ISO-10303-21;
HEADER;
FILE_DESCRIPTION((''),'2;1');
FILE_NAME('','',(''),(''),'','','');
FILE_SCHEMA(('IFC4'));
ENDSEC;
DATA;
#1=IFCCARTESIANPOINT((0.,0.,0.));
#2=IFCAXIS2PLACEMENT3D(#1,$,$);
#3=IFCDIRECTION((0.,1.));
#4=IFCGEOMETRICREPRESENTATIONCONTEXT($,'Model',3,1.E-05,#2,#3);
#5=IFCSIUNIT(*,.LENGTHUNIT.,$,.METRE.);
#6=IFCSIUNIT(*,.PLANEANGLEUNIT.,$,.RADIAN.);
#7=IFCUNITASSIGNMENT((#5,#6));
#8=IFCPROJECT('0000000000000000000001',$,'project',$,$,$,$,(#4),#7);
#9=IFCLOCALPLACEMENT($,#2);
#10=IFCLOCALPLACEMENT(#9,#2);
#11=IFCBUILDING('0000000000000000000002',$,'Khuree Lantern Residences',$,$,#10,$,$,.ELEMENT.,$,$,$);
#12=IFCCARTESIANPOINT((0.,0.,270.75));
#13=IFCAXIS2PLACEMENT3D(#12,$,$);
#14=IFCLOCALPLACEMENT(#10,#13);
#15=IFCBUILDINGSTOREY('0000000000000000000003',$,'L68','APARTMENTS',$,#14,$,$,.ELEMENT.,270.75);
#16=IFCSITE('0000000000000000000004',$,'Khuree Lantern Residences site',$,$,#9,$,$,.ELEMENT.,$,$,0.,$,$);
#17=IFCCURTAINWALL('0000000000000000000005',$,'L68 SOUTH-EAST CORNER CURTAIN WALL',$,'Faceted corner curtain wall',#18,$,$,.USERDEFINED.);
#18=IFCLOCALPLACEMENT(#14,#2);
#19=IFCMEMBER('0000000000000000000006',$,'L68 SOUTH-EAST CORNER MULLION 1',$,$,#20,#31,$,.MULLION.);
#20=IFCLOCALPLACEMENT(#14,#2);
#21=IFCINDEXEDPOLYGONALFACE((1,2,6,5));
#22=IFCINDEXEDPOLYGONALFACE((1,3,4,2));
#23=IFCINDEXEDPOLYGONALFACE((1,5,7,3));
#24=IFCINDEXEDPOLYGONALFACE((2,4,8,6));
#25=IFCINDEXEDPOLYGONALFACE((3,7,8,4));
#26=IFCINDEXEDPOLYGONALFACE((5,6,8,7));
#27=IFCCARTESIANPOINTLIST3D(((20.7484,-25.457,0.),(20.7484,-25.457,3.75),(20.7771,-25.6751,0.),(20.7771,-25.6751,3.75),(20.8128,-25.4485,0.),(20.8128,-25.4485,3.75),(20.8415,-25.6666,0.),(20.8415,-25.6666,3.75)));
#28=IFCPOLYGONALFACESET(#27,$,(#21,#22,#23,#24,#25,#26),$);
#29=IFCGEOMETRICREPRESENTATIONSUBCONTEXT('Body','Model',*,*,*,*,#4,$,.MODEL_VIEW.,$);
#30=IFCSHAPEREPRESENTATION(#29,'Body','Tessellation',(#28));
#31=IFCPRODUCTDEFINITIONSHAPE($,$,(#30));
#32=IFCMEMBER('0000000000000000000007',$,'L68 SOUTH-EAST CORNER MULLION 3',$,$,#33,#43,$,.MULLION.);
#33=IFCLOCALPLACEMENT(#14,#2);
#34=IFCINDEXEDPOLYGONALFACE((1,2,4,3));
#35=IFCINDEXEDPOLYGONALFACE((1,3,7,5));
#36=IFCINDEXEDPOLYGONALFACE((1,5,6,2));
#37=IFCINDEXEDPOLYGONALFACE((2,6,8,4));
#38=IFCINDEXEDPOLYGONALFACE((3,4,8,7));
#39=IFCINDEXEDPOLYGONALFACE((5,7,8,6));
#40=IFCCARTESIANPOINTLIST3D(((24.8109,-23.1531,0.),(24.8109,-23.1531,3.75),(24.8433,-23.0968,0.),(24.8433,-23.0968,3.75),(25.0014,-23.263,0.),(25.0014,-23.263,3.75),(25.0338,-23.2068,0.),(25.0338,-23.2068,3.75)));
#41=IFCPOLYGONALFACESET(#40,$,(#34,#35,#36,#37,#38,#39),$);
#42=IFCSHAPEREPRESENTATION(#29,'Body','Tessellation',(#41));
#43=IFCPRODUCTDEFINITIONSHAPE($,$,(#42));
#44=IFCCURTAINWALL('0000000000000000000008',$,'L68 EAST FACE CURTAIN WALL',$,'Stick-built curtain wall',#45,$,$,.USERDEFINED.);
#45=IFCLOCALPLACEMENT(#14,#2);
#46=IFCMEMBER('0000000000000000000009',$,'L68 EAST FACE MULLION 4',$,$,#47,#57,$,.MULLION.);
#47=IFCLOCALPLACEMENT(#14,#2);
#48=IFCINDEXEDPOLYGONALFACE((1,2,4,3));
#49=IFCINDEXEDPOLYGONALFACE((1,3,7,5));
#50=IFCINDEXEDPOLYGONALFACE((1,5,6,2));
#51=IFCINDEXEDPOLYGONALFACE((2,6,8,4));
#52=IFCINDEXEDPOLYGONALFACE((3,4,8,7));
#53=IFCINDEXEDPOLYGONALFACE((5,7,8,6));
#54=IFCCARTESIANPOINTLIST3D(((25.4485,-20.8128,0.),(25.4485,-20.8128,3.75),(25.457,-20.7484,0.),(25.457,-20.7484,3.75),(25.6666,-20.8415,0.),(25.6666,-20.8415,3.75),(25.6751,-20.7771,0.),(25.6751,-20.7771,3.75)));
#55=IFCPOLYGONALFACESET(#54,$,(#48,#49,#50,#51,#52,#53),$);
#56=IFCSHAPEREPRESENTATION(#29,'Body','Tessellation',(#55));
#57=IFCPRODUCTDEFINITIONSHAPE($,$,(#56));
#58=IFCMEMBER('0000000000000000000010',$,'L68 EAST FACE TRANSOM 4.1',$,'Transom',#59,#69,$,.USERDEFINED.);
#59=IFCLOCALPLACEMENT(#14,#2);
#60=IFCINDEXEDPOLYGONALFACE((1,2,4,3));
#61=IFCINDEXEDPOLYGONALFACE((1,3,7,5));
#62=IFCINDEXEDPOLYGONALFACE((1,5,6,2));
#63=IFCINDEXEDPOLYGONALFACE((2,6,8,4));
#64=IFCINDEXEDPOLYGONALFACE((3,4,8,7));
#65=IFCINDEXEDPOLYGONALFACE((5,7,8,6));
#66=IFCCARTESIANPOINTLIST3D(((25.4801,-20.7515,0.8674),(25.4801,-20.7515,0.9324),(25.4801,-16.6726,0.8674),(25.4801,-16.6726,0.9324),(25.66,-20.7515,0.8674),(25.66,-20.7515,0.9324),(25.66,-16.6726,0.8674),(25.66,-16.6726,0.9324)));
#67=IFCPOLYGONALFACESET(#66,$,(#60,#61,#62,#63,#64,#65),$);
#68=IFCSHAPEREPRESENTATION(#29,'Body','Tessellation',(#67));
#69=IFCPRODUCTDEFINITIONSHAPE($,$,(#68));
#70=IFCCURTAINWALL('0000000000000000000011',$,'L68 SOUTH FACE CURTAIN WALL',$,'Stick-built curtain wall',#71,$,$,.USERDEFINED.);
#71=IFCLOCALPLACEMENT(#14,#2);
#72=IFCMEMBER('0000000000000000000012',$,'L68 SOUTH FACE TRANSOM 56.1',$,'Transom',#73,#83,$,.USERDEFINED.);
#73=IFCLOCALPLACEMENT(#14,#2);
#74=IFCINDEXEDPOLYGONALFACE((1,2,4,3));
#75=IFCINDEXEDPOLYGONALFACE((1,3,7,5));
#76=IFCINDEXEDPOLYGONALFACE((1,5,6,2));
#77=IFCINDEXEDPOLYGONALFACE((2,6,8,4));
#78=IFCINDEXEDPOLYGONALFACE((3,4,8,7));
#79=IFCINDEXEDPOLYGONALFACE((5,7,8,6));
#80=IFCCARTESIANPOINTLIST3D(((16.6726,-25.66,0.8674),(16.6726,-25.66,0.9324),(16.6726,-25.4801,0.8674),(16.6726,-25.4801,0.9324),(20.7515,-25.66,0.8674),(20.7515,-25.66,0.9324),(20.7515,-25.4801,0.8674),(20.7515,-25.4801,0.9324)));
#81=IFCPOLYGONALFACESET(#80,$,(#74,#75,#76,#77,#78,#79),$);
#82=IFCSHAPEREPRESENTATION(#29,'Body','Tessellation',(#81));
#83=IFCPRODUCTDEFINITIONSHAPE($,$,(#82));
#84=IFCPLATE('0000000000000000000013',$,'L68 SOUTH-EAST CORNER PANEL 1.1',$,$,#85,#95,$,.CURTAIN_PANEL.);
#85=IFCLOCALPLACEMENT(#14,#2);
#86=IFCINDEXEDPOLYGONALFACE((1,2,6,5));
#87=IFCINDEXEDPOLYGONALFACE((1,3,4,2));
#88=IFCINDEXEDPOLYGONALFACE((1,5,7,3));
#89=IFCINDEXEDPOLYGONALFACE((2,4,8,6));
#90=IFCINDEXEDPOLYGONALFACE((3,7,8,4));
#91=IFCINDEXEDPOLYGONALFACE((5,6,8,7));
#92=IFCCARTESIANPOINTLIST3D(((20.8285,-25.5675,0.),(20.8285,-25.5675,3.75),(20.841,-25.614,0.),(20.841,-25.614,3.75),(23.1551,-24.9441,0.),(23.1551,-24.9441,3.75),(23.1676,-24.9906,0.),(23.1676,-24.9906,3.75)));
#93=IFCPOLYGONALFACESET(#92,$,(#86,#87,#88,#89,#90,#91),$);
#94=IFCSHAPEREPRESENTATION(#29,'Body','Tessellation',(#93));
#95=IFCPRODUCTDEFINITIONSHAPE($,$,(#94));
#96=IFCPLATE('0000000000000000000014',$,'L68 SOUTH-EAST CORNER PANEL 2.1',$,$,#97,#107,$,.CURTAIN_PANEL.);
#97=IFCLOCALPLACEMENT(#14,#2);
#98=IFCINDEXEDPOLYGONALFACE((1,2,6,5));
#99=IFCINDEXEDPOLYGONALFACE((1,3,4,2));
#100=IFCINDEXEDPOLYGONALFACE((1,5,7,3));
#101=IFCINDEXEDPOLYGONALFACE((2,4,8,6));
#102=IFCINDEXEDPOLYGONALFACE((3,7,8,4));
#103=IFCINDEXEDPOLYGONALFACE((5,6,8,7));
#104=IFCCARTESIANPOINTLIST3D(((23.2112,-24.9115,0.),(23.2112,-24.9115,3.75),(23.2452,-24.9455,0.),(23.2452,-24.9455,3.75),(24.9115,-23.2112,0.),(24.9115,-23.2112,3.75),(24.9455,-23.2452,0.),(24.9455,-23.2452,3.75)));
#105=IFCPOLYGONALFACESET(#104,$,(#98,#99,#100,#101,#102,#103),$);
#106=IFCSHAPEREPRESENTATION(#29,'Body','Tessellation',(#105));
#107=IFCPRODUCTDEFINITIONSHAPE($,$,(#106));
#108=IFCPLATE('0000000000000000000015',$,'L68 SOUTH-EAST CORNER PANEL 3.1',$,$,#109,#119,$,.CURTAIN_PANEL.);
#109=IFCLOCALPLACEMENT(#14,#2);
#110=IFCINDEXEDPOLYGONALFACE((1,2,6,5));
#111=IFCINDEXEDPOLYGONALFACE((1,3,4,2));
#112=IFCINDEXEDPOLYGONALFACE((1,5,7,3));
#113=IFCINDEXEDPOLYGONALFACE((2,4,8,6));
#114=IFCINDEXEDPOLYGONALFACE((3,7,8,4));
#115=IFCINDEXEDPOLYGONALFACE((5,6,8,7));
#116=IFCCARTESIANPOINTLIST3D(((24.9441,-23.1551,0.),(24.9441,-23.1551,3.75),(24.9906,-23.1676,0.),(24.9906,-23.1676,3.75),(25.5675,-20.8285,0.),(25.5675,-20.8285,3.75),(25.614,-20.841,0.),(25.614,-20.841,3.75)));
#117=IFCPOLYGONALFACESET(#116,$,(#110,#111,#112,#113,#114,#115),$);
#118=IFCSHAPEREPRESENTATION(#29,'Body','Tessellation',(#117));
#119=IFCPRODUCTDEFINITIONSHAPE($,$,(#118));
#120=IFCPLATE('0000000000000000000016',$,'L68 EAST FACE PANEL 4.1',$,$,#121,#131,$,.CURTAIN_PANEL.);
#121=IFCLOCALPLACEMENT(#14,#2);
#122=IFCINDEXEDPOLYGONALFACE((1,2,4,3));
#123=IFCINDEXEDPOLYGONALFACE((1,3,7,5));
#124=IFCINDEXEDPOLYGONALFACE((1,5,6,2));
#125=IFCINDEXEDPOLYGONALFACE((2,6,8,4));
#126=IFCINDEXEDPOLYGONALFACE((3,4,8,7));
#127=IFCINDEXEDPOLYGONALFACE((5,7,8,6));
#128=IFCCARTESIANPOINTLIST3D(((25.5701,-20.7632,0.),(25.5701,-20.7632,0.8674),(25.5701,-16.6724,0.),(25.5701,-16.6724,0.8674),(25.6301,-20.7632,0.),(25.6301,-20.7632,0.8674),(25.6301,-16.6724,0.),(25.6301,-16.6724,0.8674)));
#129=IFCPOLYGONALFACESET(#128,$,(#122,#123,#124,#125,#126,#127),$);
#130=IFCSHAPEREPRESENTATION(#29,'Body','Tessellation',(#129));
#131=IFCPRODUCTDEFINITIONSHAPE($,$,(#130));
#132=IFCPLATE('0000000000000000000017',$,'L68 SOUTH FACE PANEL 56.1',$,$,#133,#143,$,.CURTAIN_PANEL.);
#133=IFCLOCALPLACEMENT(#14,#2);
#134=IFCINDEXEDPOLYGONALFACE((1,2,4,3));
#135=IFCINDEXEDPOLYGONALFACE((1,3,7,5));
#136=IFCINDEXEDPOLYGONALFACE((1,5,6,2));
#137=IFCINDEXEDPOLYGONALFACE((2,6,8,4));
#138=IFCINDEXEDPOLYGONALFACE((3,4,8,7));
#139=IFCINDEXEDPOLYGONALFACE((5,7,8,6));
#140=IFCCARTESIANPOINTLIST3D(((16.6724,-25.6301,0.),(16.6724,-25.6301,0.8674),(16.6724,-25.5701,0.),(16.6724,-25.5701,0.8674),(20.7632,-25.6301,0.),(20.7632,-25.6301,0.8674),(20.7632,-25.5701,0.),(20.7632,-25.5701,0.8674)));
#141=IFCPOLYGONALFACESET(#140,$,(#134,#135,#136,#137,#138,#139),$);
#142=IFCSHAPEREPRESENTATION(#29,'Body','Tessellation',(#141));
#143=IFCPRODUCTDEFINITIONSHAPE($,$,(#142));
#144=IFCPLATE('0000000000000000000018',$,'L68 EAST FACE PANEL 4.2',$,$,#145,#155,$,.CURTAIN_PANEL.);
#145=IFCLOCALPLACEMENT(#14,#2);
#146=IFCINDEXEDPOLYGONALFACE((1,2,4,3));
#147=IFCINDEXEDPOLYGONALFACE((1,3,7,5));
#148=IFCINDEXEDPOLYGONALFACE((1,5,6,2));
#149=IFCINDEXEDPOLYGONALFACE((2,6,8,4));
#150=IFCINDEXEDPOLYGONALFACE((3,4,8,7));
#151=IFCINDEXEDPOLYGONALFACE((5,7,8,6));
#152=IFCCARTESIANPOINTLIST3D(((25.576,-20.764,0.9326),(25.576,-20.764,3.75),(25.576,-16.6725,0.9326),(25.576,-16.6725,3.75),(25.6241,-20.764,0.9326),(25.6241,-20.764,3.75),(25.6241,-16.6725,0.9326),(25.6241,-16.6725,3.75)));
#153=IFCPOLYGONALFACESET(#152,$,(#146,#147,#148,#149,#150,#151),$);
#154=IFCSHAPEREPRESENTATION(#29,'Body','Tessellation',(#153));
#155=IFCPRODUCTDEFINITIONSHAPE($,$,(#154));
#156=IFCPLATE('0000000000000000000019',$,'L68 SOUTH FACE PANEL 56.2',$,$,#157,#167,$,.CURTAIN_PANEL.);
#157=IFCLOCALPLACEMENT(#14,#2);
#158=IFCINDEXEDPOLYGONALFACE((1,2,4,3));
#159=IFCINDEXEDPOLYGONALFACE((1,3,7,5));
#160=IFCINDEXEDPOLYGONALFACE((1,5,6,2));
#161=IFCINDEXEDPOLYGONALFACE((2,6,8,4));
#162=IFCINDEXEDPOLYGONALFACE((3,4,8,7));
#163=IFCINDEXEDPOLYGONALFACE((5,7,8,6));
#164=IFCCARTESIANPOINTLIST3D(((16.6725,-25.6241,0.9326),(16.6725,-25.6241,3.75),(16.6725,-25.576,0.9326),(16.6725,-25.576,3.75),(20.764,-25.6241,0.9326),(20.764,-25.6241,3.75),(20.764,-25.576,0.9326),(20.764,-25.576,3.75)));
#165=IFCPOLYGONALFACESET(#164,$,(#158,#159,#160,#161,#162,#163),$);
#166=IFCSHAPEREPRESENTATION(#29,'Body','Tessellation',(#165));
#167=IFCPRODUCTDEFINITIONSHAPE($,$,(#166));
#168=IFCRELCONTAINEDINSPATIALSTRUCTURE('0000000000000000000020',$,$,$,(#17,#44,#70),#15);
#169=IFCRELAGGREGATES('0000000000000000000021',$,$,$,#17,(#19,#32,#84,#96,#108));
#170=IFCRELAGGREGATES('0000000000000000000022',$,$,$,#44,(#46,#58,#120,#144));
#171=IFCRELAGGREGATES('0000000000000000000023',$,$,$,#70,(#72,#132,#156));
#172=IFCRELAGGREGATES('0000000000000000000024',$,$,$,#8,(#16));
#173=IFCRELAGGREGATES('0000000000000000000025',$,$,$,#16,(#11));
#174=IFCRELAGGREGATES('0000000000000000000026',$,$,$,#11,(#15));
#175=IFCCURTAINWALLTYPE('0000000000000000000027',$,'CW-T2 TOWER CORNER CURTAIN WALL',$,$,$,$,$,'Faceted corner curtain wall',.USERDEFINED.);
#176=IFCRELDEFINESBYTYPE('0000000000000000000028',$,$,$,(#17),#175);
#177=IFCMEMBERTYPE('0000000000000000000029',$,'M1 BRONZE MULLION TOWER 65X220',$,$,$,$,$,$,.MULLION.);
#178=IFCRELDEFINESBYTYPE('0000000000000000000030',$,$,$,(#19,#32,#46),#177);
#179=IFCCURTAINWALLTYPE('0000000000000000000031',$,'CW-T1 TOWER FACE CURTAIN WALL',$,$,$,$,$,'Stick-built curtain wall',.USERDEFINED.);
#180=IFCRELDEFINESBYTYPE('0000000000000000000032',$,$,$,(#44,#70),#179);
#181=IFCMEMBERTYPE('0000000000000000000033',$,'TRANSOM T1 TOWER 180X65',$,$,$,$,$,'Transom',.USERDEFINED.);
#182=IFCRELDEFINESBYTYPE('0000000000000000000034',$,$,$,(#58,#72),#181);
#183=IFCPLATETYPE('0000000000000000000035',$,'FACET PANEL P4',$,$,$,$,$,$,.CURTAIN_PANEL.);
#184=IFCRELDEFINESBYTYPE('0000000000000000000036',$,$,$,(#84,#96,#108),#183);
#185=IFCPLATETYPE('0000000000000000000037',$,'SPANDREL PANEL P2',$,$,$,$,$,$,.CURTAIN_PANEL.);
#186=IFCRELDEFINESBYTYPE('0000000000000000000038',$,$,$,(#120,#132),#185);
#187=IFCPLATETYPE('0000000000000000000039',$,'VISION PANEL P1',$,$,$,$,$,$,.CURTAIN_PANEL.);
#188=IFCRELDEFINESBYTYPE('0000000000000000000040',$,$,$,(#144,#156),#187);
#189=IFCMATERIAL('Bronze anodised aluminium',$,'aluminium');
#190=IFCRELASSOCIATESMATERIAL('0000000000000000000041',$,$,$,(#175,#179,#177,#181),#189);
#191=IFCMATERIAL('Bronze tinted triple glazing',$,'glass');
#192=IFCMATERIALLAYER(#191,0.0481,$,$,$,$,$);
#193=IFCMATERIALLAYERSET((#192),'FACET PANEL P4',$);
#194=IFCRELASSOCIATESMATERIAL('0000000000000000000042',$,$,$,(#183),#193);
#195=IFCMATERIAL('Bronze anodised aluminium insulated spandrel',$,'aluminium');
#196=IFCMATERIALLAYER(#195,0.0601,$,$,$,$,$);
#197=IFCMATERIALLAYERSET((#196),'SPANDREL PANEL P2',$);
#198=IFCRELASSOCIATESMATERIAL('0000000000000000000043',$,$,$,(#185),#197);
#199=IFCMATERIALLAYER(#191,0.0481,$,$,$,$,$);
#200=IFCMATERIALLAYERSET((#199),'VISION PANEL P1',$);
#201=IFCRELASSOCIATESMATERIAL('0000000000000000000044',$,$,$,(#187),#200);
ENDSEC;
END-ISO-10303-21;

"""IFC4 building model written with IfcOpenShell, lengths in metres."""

from ifc_helpers import new_model, si_unit, direction, frame, origin, origin_2d, place, context, subcontext, project, spatial, rectangle, extrude, material, layer, layer_set, material_profile, profile_set, type_object, element, aggregate, save


model = new_model("IFC4")

# Units and contexts
model_context = context("Model", 3, precision=1e-05, world=origin(), true_north=direction((0.0, 1.0)))
body_context = subcontext(model_context, "Body", "Model", "MODEL_VIEW")
ifc_project = project(units=[si_unit("LENGTHUNIT", "METRE"), si_unit("PLANEANGLEUNIT", "RADIAN")], contexts=[model_context])

# Site, building, storey
site_placement = place(None, origin())
site = spatial("IfcSite", under=ifc_project, at=site_placement, Name="Khuree Lantern Residences site", CompositionType="ELEMENT", RefElevation=0.0)
building_placement = place(site_placement, origin())
building = spatial("IfcBuilding", under=site, at=building_placement, Name="Khuree Lantern Residences", CompositionType="ELEMENT")
storey_placement = place(building_placement, frame((0.0, 0.0, 270.75)))
storey = spatial("IfcBuildingStorey", under=building, at=storey_placement, Name="L68", Description="APARTMENTS", CompositionType="ELEMENT", Elevation=270.75)

# Curtain wall
ifc_material_1 = material(Name="Bronze anodised aluminium", Category="aluminium")
curtain_wall_type_1 = type_object("IfcCurtainWallType", Name="CW-T2 TOWER CORNER CURTAIN WALL", ElementType="Faceted corner curtain wall", PredefinedType="USERDEFINED", material=ifc_material_1)
curtain_wall_1_placement = place(storey_placement, origin())
curtain_wall_1 = element("IfcCurtainWall", 1, at=curtain_wall_1_placement, inside=storey, type_object=curtain_wall_type_1, Name="L68 SOUTH-EAST CORNER CURTAIN WALL", ObjectType="Faceted corner curtain wall", PredefinedType="USERDEFINED")

# Members
ifc_material_profile_1 = material_profile(ifc_material_1, rectangle(XDim=0.0649, YDim=0.22, at=origin_2d()), Name="M1 65X220")
ifc_profile_set_1 = profile_set([ifc_material_profile_1], Name="Bronze anodised aluminium")
member_type_1 = type_object("IfcMemberType", Name="M1 BRONZE MULLION TOWER 65X220", PredefinedType="MULLION", material=ifc_profile_set_1)
member_1_placement = place(storey_placement, frame((20.7949, -25.5618, 0.0), z_axis=(0.0, 0.0, 1.0), x_axis=(0.991445, 0.130526, 0.0)))
member_1 = element("IfcMember", 2, at=member_1_placement, type_object=member_type_1, Name="L68 SOUTH-EAST CORNER MULLION 1", PredefinedType="MULLION", context=body_context, shape_type="SweptSolid", body=[
    extrude(rectangle(XDim=0.0649, YDim=0.22, at=origin_2d()), origin(), (0.0, 0.0, 1.0), 3.75),
])
member_2_placement = place(storey_placement, frame((24.9224, -23.1799, 0.0), z_axis=(0.0, 0.0, 1.0), x_axis=(0.5, 0.866025, 0.0)))
member_2 = element("IfcMember", 3, at=member_2_placement, type_object=member_type_1, Name="L68 SOUTH-EAST CORNER MULLION 3", PredefinedType="MULLION", context=body_context, shape_type="SweptSolid", body=[
    extrude(rectangle(XDim=0.0649, YDim=0.22, at=origin_2d()), origin(), (0.0, 0.0, 1.0), 3.75),
])

# Curtain wall, members
curtain_wall_type_2 = type_object("IfcCurtainWallType", Name="CW-T1 TOWER FACE CURTAIN WALL", ElementType="Stick-built curtain wall", PredefinedType="USERDEFINED", material=ifc_material_1)
curtain_wall_2_placement = place(storey_placement, origin())
curtain_wall_2 = element("IfcCurtainWall", 4, at=curtain_wall_2_placement, inside=storey, type_object=curtain_wall_type_2, Name="L68 EAST FACE CURTAIN WALL", ObjectType="Stick-built curtain wall", PredefinedType="USERDEFINED")
member_3_placement = place(storey_placement, frame((25.5618, -20.7949, 0.0), z_axis=(0.0, 0.0, 1.0), x_axis=(0.130526, 0.991445, 0.0)))
member_3 = element("IfcMember", 5, at=member_3_placement, type_object=member_type_1, Name="L68 EAST FACE MULLION 4", PredefinedType="MULLION", context=body_context, shape_type="SweptSolid", body=[
    extrude(rectangle(XDim=0.0649, YDim=0.22, at=origin_2d()), origin(), (0.0, 0.0, 1.0), 3.75),
])
ifc_material_profile_2 = material_profile(ifc_material_1, rectangle(XDim=0.1799, YDim=0.0649, at=origin_2d()), Name="T1 180X65")
ifc_profile_set_2 = profile_set([ifc_material_profile_2], Name="Bronze anodised aluminium")
member_type_2 = type_object("IfcMemberType", Name="TRANSOM T1 TOWER 180X65", ElementType="Transom", PredefinedType="USERDEFINED", material=ifc_profile_set_2)
member_4_placement = place(storey_placement, frame((25.5701, -20.7515, 0.8999), z_axis=(0.0, 1.0, 0.0), x_axis=(-1.0, 0.0, 0.0)))
member_4 = element("IfcMember", 6, at=member_4_placement, type_object=member_type_2, Name="L68 EAST FACE TRANSOM 4.1", ObjectType="Transom", PredefinedType="USERDEFINED", context=body_context, shape_type="SweptSolid", body=[
    extrude(rectangle(XDim=0.1799, YDim=0.0649, at=origin_2d()), origin(), (0.0, 0.0, 1.0), 4.0789),
])

# Curtain wall, member
curtain_wall_3_placement = place(storey_placement, origin())
curtain_wall_3 = element("IfcCurtainWall", 7, at=curtain_wall_3_placement, inside=storey, type_object=curtain_wall_type_2, Name="L68 SOUTH FACE CURTAIN WALL", ObjectType="Stick-built curtain wall", PredefinedType="USERDEFINED")
member_5_placement = place(storey_placement, frame((16.6726, -25.5701, 0.8999), z_axis=(1.0, 0.0, 0.0), x_axis=(0.0, 1.0, 0.0)))
member_5 = element("IfcMember", 8, at=member_5_placement, type_object=member_type_2, Name="L68 SOUTH FACE TRANSOM 56.1", ObjectType="Transom", PredefinedType="USERDEFINED", context=body_context, shape_type="SweptSolid", body=[
    extrude(rectangle(XDim=0.1799, YDim=0.0649, at=origin_2d()), origin(), (0.0, 0.0, 1.0), 4.0789),
])

# Plates
ifc_material_2 = material(Name="Bronze tinted triple glazing", Category="glass")
ifc_layer_1 = layer(ifc_material_2, 0.0481)
ifc_layer_set_1 = layer_set([ifc_layer_1], Name="FACET PANEL P4")
plate_type_1 = type_object("IfcPlateType", Name="FACET PANEL P4", PredefinedType="CURTAIN_PANEL", material=ifc_layer_set_1)
plate_1_placement = place(storey_placement, frame((21.998, -25.2791, 0.0), z_axis=(0.0, 0.0, 1.0), x_axis=(0.965926, 0.258819, 0.0)))
plate_1 = element("IfcPlate", 9, at=plate_1_placement, type_object=plate_type_1, Name="L68 SOUTH-EAST CORNER PANEL 1.1", PredefinedType="CURTAIN_PANEL", context=body_context, shape_type="SweptSolid", body=[
    extrude(rectangle(XDim=2.4087, YDim=0.0481, at=origin_2d()), origin(), (0.0, 0.0, 1.0), 3.75),
])
plate_2_placement = place(storey_placement, frame((24.0784, -24.0784, 0.0), z_axis=(0.0, 0.0, 1.0), x_axis=(0.707107, 0.707107, 0.0)))
plate_2 = element("IfcPlate", 10, at=plate_2_placement, type_object=plate_type_1, Name="L68 SOUTH-EAST CORNER PANEL 2.1", PredefinedType="CURTAIN_PANEL", context=body_context, shape_type="SweptSolid", body=[
    extrude(rectangle(XDim=2.4045, YDim=0.0481, at=origin_2d()), origin(), (0.0, 0.0, 1.0), 3.75),
])
plate_3_placement = place(storey_placement, frame((25.2791, -21.998, 0.0), z_axis=(0.0, 0.0, 1.0), x_axis=(0.258819, 0.965926, 0.0)))
plate_3 = element("IfcPlate", 11, at=plate_3_placement, type_object=plate_type_1, Name="L68 SOUTH-EAST CORNER PANEL 3.1", PredefinedType="CURTAIN_PANEL", context=body_context, shape_type="SweptSolid", body=[
    extrude(rectangle(XDim=2.4087, YDim=0.0481, at=origin_2d()), origin(), (0.0, 0.0, 1.0), 3.75),
])
aggregate(curtain_wall_1, [member_1, member_2, plate_1, plate_2, plate_3])
ifc_material_3 = material(Name="Bronze anodised aluminium insulated spandrel", Category="aluminium")
ifc_layer_2 = layer(ifc_material_3, 0.0601)
ifc_layer_set_2 = layer_set([ifc_layer_2], Name="SPANDREL PANEL P2")
plate_type_2 = type_object("IfcPlateType", Name="SPANDREL PANEL P2", PredefinedType="CURTAIN_PANEL", material=ifc_layer_set_2)
plate_4_placement = place(storey_placement, frame((25.6001, -18.7178, 0.0), z_axis=(0.0, 0.0, 1.0), x_axis=(0.0, 1.0, 0.0)))
plate_4 = element("IfcPlate", 12, at=plate_4_placement, type_object=plate_type_2, Name="L68 EAST FACE PANEL 4.1", PredefinedType="CURTAIN_PANEL", context=body_context, shape_type="SweptSolid", body=[
    extrude(rectangle(XDim=4.0908, YDim=0.0601, at=origin_2d()), origin(), (0.0, 0.0, 1.0), 0.8674),
])
plate_5_placement = place(storey_placement, frame((18.7178, -25.6001, 0.0), z_axis=(0.0, 0.0, 1.0), x_axis=(1.0, 0.0, 0.0)))
plate_5 = element("IfcPlate", 13, at=plate_5_placement, type_object=plate_type_2, Name="L68 SOUTH FACE PANEL 56.1", PredefinedType="CURTAIN_PANEL", context=body_context, shape_type="SweptSolid", body=[
    extrude(rectangle(XDim=4.0908, YDim=0.0601, at=origin_2d()), origin(), (0.0, 0.0, 1.0), 0.8674),
])
ifc_layer_3 = layer(ifc_material_2, 0.0481)
ifc_layer_set_3 = layer_set([ifc_layer_3], Name="VISION PANEL P1")
plate_type_3 = type_object("IfcPlateType", Name="VISION PANEL P1", PredefinedType="CURTAIN_PANEL", material=ifc_layer_set_3)
plate_6_placement = place(storey_placement, frame((25.6001, -18.7183, 0.9326), z_axis=(0.0, 0.0, 1.0), x_axis=(0.0, 1.0, 0.0)))
plate_6 = element("IfcPlate", 14, at=plate_6_placement, type_object=plate_type_3, Name="L68 EAST FACE PANEL 4.2", PredefinedType="CURTAIN_PANEL", context=body_context, shape_type="SweptSolid", body=[
    extrude(rectangle(XDim=4.0916, YDim=0.0481, at=origin_2d()), origin(), (0.0, 0.0, 1.0), 2.8174),
])
aggregate(curtain_wall_2, [member_3, member_4, plate_4, plate_6])
plate_7_placement = place(storey_placement, frame((18.7183, -25.6001, 0.9326), z_axis=(0.0, 0.0, 1.0), x_axis=(1.0, 0.0, 0.0)))
plate_7 = element("IfcPlate", 15, at=plate_7_placement, type_object=plate_type_3, Name="L68 SOUTH FACE PANEL 56.2", PredefinedType="CURTAIN_PANEL", context=body_context, shape_type="SweptSolid", body=[
    extrude(rectangle(XDim=4.0916, YDim=0.0481, at=origin_2d()), origin(), (0.0, 0.0, 1.0), 2.8174),
])
aggregate(curtain_wall_3, [member_5, plate_5, plate_7])

save(model, "model.ifc")
